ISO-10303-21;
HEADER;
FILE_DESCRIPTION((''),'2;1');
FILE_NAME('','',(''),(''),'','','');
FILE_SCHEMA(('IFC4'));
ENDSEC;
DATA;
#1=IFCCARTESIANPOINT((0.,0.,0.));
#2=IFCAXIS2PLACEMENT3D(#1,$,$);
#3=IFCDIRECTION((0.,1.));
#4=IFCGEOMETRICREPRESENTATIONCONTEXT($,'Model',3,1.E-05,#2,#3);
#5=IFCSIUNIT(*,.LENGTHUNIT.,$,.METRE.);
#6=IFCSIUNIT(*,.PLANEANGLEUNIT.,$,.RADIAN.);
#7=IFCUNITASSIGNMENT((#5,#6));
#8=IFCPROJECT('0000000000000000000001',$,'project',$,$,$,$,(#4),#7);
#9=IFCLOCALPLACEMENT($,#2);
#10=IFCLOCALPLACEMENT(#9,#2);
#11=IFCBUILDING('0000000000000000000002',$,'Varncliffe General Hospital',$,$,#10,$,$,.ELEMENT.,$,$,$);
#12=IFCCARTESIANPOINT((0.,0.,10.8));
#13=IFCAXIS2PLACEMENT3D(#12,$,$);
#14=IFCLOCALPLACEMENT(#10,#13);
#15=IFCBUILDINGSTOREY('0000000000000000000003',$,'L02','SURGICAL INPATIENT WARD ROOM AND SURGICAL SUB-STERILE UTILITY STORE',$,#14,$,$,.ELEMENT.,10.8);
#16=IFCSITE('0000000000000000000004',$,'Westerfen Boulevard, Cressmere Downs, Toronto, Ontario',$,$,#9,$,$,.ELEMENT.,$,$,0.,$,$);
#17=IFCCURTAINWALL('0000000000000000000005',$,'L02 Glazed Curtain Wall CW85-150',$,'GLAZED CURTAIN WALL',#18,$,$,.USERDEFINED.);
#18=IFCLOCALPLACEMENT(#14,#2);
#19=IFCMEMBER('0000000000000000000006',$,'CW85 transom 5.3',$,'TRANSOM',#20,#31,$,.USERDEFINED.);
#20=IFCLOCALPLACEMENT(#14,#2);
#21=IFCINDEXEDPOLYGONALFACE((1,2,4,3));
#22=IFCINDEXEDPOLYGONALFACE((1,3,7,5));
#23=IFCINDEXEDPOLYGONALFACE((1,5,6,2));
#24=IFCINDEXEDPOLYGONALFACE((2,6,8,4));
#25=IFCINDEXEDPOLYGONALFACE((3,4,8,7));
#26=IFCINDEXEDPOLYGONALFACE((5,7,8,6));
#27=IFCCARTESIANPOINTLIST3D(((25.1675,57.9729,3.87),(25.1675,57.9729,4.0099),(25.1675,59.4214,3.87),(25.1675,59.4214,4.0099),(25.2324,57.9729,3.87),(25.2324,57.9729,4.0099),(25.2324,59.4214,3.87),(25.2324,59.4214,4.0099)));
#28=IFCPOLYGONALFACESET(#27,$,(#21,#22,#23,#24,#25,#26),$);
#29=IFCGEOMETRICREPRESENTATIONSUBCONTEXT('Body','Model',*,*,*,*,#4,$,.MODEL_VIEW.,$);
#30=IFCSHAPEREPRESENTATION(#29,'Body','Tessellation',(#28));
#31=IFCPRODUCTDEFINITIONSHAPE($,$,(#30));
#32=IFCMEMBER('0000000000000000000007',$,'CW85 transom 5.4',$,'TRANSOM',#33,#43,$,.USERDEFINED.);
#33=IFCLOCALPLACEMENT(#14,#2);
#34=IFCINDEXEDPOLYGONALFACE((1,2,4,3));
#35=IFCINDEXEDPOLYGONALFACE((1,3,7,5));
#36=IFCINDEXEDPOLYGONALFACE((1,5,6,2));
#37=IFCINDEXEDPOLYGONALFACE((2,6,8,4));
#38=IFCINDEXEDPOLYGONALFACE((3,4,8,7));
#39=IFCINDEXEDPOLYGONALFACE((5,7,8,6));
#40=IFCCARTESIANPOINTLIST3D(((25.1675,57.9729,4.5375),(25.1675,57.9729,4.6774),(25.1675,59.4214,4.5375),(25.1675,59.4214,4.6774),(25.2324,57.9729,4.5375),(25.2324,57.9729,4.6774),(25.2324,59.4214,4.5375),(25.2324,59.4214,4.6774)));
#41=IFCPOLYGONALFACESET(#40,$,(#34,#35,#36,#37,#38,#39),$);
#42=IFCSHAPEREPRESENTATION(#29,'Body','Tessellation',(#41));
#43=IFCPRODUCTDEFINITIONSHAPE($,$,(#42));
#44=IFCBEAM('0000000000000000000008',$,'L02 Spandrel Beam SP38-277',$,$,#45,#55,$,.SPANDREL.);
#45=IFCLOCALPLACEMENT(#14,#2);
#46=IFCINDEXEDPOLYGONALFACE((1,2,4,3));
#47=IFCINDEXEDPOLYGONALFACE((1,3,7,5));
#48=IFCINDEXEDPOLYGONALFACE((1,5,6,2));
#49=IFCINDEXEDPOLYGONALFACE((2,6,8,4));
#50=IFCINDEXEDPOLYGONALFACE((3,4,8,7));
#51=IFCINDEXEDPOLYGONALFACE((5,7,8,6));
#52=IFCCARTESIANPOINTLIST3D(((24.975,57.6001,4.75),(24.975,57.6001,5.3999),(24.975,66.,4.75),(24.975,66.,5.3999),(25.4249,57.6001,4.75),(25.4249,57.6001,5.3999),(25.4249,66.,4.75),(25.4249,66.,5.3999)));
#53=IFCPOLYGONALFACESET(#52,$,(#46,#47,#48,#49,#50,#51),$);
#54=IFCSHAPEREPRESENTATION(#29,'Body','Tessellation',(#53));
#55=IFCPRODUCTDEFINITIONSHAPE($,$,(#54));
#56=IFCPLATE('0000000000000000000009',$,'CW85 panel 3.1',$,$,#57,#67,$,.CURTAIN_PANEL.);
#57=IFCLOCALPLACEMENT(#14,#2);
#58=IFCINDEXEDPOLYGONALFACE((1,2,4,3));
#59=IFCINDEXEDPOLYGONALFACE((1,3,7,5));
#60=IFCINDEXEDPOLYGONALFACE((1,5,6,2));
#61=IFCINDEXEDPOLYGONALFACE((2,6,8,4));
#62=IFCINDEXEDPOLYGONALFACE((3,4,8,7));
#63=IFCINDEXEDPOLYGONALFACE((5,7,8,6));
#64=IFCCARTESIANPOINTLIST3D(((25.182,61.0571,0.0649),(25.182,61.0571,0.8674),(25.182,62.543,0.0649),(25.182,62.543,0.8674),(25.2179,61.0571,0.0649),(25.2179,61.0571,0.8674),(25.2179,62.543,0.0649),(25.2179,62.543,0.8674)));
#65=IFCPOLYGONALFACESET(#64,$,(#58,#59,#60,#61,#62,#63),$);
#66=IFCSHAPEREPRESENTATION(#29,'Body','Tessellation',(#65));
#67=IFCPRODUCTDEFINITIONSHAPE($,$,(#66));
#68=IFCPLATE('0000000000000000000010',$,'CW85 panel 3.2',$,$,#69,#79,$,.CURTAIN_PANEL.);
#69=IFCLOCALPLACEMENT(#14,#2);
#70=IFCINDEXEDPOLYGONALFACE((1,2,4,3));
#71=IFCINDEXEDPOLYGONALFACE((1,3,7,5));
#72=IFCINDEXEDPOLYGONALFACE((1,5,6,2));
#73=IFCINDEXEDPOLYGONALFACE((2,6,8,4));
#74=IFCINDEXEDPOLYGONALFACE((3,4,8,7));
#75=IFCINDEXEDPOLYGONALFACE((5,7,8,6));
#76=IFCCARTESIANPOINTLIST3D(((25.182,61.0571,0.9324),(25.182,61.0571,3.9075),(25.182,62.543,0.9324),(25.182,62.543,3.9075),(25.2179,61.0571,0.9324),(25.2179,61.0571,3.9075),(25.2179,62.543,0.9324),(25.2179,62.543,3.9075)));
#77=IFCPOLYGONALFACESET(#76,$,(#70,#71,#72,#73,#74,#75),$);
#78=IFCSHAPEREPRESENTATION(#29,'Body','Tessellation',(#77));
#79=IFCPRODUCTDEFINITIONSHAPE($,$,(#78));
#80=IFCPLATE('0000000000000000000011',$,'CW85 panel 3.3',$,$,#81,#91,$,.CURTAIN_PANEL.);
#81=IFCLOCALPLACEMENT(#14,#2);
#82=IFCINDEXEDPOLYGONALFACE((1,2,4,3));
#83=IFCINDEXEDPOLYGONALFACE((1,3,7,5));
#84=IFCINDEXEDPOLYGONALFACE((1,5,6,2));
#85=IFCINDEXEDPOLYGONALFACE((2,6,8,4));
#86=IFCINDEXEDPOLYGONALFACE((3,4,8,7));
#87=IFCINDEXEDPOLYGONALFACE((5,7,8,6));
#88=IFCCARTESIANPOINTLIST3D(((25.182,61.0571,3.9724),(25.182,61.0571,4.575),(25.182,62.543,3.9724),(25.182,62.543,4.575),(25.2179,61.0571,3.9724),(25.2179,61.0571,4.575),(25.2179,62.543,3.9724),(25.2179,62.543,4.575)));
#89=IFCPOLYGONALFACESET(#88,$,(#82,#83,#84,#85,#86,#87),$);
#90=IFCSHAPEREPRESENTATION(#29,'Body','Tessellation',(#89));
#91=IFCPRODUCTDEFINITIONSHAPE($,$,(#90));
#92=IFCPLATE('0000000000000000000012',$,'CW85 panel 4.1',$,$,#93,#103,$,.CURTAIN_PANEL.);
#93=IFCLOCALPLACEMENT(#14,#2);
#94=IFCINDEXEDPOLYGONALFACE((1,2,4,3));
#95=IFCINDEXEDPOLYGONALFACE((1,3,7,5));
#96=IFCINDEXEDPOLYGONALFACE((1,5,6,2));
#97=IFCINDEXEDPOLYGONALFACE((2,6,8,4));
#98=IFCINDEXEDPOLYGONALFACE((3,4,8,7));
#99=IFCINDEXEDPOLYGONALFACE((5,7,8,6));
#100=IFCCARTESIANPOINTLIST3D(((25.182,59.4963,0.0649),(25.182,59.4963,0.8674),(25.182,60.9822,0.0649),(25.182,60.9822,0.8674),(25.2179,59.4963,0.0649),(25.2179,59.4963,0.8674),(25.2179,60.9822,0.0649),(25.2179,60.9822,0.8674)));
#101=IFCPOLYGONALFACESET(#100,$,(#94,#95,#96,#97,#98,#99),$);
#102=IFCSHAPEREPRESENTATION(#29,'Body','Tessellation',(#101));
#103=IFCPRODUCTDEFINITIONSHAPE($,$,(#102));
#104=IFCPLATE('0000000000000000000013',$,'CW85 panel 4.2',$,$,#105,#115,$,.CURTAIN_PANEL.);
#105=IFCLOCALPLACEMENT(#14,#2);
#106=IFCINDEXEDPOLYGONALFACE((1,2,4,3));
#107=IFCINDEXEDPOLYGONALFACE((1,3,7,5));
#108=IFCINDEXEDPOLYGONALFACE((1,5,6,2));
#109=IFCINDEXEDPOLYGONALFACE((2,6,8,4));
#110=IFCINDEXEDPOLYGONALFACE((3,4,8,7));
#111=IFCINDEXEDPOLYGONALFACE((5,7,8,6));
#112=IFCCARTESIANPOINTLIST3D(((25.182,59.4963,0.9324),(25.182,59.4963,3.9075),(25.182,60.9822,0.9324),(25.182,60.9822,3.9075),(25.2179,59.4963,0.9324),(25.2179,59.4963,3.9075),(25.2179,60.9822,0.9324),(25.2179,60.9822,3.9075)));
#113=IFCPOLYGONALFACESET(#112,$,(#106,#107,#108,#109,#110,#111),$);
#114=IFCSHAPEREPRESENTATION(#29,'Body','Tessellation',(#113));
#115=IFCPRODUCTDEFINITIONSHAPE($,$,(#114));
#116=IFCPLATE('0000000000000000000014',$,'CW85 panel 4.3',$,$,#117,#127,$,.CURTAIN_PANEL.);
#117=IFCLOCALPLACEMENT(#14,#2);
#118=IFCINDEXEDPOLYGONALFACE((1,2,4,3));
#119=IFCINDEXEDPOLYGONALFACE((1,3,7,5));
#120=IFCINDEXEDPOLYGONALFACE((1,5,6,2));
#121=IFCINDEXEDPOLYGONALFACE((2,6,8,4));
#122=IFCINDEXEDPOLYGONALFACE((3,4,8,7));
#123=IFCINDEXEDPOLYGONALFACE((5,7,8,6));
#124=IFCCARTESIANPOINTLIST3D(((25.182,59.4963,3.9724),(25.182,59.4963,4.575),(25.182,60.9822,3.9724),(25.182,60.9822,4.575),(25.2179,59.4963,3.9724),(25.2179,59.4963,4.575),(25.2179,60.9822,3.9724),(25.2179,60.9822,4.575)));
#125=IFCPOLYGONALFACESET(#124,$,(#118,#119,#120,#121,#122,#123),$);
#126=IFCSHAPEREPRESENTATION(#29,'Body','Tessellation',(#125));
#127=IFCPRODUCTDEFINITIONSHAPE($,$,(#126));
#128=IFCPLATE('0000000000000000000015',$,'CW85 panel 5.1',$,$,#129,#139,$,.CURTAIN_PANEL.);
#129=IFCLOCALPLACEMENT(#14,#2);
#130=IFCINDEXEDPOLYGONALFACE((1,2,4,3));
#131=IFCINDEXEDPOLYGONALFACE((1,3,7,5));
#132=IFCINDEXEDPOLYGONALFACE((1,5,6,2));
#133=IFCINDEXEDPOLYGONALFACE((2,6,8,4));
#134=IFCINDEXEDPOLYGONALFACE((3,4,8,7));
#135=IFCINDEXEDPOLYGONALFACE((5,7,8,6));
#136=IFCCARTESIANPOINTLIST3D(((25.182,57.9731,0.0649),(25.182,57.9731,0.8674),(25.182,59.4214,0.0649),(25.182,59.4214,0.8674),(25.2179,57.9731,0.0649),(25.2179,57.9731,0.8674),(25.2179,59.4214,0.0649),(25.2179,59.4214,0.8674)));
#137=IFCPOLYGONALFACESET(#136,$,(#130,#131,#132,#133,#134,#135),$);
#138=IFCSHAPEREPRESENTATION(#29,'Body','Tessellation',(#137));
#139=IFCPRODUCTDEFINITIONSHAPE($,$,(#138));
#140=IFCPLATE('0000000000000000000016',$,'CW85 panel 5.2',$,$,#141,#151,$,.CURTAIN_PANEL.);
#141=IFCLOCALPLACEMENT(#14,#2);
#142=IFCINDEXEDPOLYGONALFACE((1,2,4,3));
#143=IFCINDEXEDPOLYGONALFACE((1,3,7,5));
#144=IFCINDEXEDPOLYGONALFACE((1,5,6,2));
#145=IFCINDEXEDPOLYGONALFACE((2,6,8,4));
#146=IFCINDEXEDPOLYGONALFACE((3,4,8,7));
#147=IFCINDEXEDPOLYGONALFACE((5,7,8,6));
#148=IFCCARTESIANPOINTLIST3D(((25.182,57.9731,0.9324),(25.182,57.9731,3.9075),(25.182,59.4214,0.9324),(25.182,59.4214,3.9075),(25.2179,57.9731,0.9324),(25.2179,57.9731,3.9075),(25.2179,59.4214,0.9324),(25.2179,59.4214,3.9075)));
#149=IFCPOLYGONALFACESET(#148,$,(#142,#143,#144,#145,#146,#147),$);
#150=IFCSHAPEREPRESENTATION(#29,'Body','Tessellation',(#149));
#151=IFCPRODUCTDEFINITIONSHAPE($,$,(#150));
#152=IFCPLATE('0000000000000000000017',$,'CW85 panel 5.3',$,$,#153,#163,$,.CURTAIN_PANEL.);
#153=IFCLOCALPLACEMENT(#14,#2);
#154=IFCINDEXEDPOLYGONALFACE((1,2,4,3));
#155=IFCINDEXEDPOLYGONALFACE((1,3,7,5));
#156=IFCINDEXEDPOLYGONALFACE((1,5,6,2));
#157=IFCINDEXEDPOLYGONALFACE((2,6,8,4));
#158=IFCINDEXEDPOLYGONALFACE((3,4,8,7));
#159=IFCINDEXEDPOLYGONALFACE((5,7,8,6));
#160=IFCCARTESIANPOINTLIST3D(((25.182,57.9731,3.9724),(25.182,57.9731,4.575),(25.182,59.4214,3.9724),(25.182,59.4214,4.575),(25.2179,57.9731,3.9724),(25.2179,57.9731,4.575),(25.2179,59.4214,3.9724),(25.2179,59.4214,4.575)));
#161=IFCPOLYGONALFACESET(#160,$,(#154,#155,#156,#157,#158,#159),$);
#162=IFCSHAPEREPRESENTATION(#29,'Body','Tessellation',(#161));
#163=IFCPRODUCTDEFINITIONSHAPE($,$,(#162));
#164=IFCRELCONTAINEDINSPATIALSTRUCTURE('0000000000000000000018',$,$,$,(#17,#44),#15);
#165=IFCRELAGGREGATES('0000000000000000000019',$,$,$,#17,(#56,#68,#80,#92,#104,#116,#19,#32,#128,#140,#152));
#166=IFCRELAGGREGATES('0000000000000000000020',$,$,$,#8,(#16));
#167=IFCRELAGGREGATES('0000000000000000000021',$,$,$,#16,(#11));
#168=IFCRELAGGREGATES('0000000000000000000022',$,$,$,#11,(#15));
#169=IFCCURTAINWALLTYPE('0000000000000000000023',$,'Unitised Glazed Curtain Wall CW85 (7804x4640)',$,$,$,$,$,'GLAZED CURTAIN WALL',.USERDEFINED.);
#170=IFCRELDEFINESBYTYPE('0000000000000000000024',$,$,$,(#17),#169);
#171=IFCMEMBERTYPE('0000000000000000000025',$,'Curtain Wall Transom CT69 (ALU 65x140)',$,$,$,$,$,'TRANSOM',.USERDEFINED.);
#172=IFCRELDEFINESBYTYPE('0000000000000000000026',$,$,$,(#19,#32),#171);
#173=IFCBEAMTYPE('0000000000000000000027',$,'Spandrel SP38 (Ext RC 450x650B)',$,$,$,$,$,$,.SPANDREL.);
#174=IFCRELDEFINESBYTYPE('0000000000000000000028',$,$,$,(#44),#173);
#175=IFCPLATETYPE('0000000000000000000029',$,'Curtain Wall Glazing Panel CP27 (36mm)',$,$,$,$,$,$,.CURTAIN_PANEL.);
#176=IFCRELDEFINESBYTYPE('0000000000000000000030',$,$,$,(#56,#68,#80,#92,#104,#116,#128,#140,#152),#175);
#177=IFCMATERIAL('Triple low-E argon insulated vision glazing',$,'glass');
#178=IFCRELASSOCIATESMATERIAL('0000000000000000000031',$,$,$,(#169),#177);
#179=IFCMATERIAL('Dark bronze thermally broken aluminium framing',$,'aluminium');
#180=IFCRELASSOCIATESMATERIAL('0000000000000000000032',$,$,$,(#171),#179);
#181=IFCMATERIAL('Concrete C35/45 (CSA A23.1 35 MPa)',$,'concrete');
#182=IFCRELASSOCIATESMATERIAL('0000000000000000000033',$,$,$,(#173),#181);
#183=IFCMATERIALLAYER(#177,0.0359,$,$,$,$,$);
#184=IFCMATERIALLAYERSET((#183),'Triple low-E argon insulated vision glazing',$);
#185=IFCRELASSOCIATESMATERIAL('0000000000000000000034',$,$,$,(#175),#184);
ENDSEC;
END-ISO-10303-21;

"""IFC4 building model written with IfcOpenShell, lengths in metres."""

from ifc_helpers import new_model, si_unit, direction, frame, origin, origin_2d, place, context, subcontext, project, spatial, rectangle, extrude, material, layer, layer_set, material_profile, profile_set, type_object, element, aggregate, save


model = new_model("IFC4")

# Units and contexts
model_context = context("Model", 3, precision=1e-05, world=origin(), true_north=direction((0.0, 1.0)))
body_context = subcontext(model_context, "Body", "Model", "MODEL_VIEW")
ifc_project = project(units=[si_unit("LENGTHUNIT", "METRE"), si_unit("PLANEANGLEUNIT", "RADIAN")], contexts=[model_context])

# Site, building, storey
site_placement = place(None, origin())
site = spatial("IfcSite", under=ifc_project, at=site_placement, Name="Westerfen Boulevard, Cressmere Downs, Toronto, Ontario", CompositionType="ELEMENT", RefElevation=0.0)
building_placement = place(site_placement, origin())
building = spatial("IfcBuilding", under=site, at=building_placement, Name="Varncliffe General Hospital", CompositionType="ELEMENT")
storey_placement = place(building_placement, frame((0.0, 0.0, 10.8)))
storey = spatial("IfcBuildingStorey", under=building, at=storey_placement, Name="L02", Description="SURGICAL INPATIENT WARD ROOM AND SURGICAL SUB-STERILE UTILITY STORE", CompositionType="ELEMENT", Elevation=10.8)

# Shared definitions
ifc_material_1 = material(Name="Triple low-E argon insulated vision glazing", Category="glass")
ifc_material_2 = material(Name="Dark bronze thermally broken aluminium framing", Category="aluminium")

# Curtain wall
curtain_wall_type_1 = type_object("IfcCurtainWallType", Name="Unitised Glazed Curtain Wall CW85 (7804x4640)", ElementType="GLAZED CURTAIN WALL", PredefinedType="USERDEFINED", material=ifc_material_1)
curtain_wall_1_placement = place(storey_placement, origin())
curtain_wall_1 = element("IfcCurtainWall", 1, at=curtain_wall_1_placement, inside=storey, type_object=curtain_wall_type_1, Name="L02 Glazed Curtain Wall CW85-150", ObjectType="GLAZED CURTAIN WALL", PredefinedType="USERDEFINED")

# Members
ifc_material_profile_1 = material_profile(ifc_material_2, rectangle(XDim=0.0649, YDim=0.1399, at=origin_2d()), Name="ALU 65x140")
ifc_profile_set_1 = profile_set([ifc_material_profile_1], Name="Dark bronze thermally broken aluminium framing")
member_type_1 = type_object("IfcMemberType", Name="Curtain Wall Transom CT69 (ALU 65x140)", ElementType="TRANSOM", PredefinedType="USERDEFINED", material=ifc_profile_set_1)
member_1_placement = place(storey_placement, frame((25.2, 59.4214, 3.9399), z_axis=(0.0, -1.0, 0.0), x_axis=(1.0, 0.0, 0.0)))
member_1 = element("IfcMember", 2, at=member_1_placement, type_object=member_type_1, Name="CW85 transom 5.3", ObjectType="TRANSOM", PredefinedType="USERDEFINED", context=body_context, shape_type="SweptSolid", body=[
    extrude(rectangle(XDim=0.0649, YDim=0.1399, at=origin_2d()), origin(), (0.0, 0.0, 1.0), 1.4485),
])
member_2_placement = place(storey_placement, frame((25.2, 59.4214, 4.6074), z_axis=(0.0, -1.0, 0.0), x_axis=(1.0, 0.0, 0.0)))
member_2 = element("IfcMember", 3, at=member_2_placement, type_object=member_type_1, Name="CW85 transom 5.4", ObjectType="TRANSOM", PredefinedType="USERDEFINED", context=body_context, shape_type="SweptSolid", body=[
    extrude(rectangle(XDim=0.0649, YDim=0.1399, at=origin_2d()), origin(), (0.0, 0.0, 1.0), 1.4485),
])

# Beam
ifc_material_3 = material(Name="Concrete C35/45 (CSA A23.1 35 MPa)", Category="concrete")
ifc_material_profile_2 = material_profile(ifc_material_3, rectangle(XDim=0.45, YDim=0.6499, at=origin_2d()), Name="RC 450x650")
ifc_profile_set_2 = profile_set([ifc_material_profile_2], Name="Concrete C35/45 (CSA A23.1 35 MPa)")
beam_type = type_object("IfcBeamType", Name="Spandrel SP38 (Ext RC 450x650B)", PredefinedType="SPANDREL", material=ifc_profile_set_2)
beam_placement = place(storey_placement, frame((25.2, 57.6001, 5.075), z_axis=(0.0, 1.0, 0.0), x_axis=(-1.0, 0.0, 0.0)))
element("IfcBeam", 4, at=beam_placement, inside=storey, type_object=beam_type, Name="L02 Spandrel Beam SP38-277", PredefinedType="SPANDREL", context=body_context, shape_type="SweptSolid", body=[
    extrude(rectangle(XDim=0.45, YDim=0.6499, at=origin_2d()), origin(), (0.0, 0.0, 1.0), 8.3999),
])

# Plates
ifc_layer = layer(ifc_material_1, 0.0359)
ifc_layer_set = layer_set([ifc_layer], Name="Triple low-E argon insulated vision glazing")
plate_type = type_object("IfcPlateType", Name="Curtain Wall Glazing Panel CP27 (36mm)", PredefinedType="CURTAIN_PANEL", material=ifc_layer_set)
plate_1_placement = place(storey_placement, frame((25.2, 61.8, 0.0649), z_axis=(0.0, 0.0, 1.0), x_axis=(0.0, -1.0, 0.0)))
plate_1 = element("IfcPlate", 5, at=plate_1_placement, type_object=plate_type, Name="CW85 panel 3.1", PredefinedType="CURTAIN_PANEL", context=body_context, shape_type="SweptSolid", body=[
    extrude(rectangle(XDim=1.4858, YDim=0.0359, at=origin_2d()), origin(), (0.0, 0.0, 1.0), 0.8025),
])
plate_2_placement = place(storey_placement, frame((25.2, 61.8, 0.9324), z_axis=(0.0, 0.0, 1.0), x_axis=(0.0, -1.0, 0.0)))
plate_2 = element("IfcPlate", 6, at=plate_2_placement, type_object=plate_type, Name="CW85 panel 3.2", PredefinedType="CURTAIN_PANEL", context=body_context, shape_type="SweptSolid", body=[
    extrude(rectangle(XDim=1.4858, YDim=0.0359, at=origin_2d()), origin(), (0.0, 0.0, 1.0), 2.9751),
])
plate_3_placement = place(storey_placement, frame((25.2, 61.8, 3.9724), z_axis=(0.0, 0.0, 1.0), x_axis=(0.0, -1.0, 0.0)))
plate_3 = element("IfcPlate", 7, at=plate_3_placement, type_object=plate_type, Name="CW85 panel 3.3", PredefinedType="CURTAIN_PANEL", context=body_context, shape_type="SweptSolid", body=[
    extrude(rectangle(XDim=1.4858, YDim=0.0359, at=origin_2d()), origin(), (0.0, 0.0, 1.0), 0.6025),
])
plate_4_placement = place(storey_placement, frame((25.2, 60.2393, 0.0649), z_axis=(0.0, 0.0, 1.0), x_axis=(0.0, -1.0, 0.0)))
plate_4 = element("IfcPlate", 8, at=plate_4_placement, type_object=plate_type, Name="CW85 panel 4.1", PredefinedType="CURTAIN_PANEL", context=body_context, shape_type="SweptSolid", body=[
    extrude(rectangle(XDim=1.4858, YDim=0.0359, at=origin_2d()), origin(), (0.0, 0.0, 1.0), 0.8025),
])
plate_5_placement = place(storey_placement, frame((25.2, 60.2393, 0.9324), z_axis=(0.0, 0.0, 1.0), x_axis=(0.0, -1.0, 0.0)))
plate_5 = element("IfcPlate", 9, at=plate_5_placement, type_object=plate_type, Name="CW85 panel 4.2", PredefinedType="CURTAIN_PANEL", context=body_context, shape_type="SweptSolid", body=[
    extrude(rectangle(XDim=1.4858, YDim=0.0359, at=origin_2d()), origin(), (0.0, 0.0, 1.0), 2.9751),
])
plate_6_placement = place(storey_placement, frame((25.2, 60.2393, 3.9724), z_axis=(0.0, 0.0, 1.0), x_axis=(0.0, -1.0, 0.0)))
plate_6 = element("IfcPlate", 10, at=plate_6_placement, type_object=plate_type, Name="CW85 panel 4.3", PredefinedType="CURTAIN_PANEL", context=body_context, shape_type="SweptSolid", body=[
    extrude(rectangle(XDim=1.4858, YDim=0.0359, at=origin_2d()), origin(), (0.0, 0.0, 1.0), 0.6025),
])
plate_7_placement = place(storey_placement, frame((25.2, 58.6973, 0.0649), z_axis=(0.0, 0.0, 1.0), x_axis=(0.0, -1.0, 0.0)))
plate_7 = element("IfcPlate", 11, at=plate_7_placement, type_object=plate_type, Name="CW85 panel 5.1", PredefinedType="CURTAIN_PANEL", context=body_context, shape_type="SweptSolid", body=[
    extrude(rectangle(XDim=1.4482, YDim=0.0359, at=origin_2d()), origin(), (0.0, 0.0, 1.0), 0.8025),
])
plate_8_placement = place(storey_placement, frame((25.2, 58.6973, 0.9324), z_axis=(0.0, 0.0, 1.0), x_axis=(0.0, -1.0, 0.0)))
plate_8 = element("IfcPlate", 12, at=plate_8_placement, type_object=plate_type, Name="CW85 panel 5.2", PredefinedType="CURTAIN_PANEL", context=body_context, shape_type="SweptSolid", body=[
    extrude(rectangle(XDim=1.4482, YDim=0.0359, at=origin_2d()), origin(), (0.0, 0.0, 1.0), 2.9751),
])
plate_9_placement = place(storey_placement, frame((25.2, 58.6973, 3.9724), z_axis=(0.0, 0.0, 1.0), x_axis=(0.0, -1.0, 0.0)))
plate_9 = element("IfcPlate", 13, at=plate_9_placement, type_object=plate_type, Name="CW85 panel 5.3", PredefinedType="CURTAIN_PANEL", context=body_context, shape_type="SweptSolid", body=[
    extrude(rectangle(XDim=1.4482, YDim=0.0359, at=origin_2d()), origin(), (0.0, 0.0, 1.0), 0.6025),
])
aggregate(curtain_wall_1, [plate_1, plate_2, plate_3, plate_4, plate_5, plate_6, member_1, member_2, plate_7, plate_8, plate_9])

save(model, "model.ifc")
